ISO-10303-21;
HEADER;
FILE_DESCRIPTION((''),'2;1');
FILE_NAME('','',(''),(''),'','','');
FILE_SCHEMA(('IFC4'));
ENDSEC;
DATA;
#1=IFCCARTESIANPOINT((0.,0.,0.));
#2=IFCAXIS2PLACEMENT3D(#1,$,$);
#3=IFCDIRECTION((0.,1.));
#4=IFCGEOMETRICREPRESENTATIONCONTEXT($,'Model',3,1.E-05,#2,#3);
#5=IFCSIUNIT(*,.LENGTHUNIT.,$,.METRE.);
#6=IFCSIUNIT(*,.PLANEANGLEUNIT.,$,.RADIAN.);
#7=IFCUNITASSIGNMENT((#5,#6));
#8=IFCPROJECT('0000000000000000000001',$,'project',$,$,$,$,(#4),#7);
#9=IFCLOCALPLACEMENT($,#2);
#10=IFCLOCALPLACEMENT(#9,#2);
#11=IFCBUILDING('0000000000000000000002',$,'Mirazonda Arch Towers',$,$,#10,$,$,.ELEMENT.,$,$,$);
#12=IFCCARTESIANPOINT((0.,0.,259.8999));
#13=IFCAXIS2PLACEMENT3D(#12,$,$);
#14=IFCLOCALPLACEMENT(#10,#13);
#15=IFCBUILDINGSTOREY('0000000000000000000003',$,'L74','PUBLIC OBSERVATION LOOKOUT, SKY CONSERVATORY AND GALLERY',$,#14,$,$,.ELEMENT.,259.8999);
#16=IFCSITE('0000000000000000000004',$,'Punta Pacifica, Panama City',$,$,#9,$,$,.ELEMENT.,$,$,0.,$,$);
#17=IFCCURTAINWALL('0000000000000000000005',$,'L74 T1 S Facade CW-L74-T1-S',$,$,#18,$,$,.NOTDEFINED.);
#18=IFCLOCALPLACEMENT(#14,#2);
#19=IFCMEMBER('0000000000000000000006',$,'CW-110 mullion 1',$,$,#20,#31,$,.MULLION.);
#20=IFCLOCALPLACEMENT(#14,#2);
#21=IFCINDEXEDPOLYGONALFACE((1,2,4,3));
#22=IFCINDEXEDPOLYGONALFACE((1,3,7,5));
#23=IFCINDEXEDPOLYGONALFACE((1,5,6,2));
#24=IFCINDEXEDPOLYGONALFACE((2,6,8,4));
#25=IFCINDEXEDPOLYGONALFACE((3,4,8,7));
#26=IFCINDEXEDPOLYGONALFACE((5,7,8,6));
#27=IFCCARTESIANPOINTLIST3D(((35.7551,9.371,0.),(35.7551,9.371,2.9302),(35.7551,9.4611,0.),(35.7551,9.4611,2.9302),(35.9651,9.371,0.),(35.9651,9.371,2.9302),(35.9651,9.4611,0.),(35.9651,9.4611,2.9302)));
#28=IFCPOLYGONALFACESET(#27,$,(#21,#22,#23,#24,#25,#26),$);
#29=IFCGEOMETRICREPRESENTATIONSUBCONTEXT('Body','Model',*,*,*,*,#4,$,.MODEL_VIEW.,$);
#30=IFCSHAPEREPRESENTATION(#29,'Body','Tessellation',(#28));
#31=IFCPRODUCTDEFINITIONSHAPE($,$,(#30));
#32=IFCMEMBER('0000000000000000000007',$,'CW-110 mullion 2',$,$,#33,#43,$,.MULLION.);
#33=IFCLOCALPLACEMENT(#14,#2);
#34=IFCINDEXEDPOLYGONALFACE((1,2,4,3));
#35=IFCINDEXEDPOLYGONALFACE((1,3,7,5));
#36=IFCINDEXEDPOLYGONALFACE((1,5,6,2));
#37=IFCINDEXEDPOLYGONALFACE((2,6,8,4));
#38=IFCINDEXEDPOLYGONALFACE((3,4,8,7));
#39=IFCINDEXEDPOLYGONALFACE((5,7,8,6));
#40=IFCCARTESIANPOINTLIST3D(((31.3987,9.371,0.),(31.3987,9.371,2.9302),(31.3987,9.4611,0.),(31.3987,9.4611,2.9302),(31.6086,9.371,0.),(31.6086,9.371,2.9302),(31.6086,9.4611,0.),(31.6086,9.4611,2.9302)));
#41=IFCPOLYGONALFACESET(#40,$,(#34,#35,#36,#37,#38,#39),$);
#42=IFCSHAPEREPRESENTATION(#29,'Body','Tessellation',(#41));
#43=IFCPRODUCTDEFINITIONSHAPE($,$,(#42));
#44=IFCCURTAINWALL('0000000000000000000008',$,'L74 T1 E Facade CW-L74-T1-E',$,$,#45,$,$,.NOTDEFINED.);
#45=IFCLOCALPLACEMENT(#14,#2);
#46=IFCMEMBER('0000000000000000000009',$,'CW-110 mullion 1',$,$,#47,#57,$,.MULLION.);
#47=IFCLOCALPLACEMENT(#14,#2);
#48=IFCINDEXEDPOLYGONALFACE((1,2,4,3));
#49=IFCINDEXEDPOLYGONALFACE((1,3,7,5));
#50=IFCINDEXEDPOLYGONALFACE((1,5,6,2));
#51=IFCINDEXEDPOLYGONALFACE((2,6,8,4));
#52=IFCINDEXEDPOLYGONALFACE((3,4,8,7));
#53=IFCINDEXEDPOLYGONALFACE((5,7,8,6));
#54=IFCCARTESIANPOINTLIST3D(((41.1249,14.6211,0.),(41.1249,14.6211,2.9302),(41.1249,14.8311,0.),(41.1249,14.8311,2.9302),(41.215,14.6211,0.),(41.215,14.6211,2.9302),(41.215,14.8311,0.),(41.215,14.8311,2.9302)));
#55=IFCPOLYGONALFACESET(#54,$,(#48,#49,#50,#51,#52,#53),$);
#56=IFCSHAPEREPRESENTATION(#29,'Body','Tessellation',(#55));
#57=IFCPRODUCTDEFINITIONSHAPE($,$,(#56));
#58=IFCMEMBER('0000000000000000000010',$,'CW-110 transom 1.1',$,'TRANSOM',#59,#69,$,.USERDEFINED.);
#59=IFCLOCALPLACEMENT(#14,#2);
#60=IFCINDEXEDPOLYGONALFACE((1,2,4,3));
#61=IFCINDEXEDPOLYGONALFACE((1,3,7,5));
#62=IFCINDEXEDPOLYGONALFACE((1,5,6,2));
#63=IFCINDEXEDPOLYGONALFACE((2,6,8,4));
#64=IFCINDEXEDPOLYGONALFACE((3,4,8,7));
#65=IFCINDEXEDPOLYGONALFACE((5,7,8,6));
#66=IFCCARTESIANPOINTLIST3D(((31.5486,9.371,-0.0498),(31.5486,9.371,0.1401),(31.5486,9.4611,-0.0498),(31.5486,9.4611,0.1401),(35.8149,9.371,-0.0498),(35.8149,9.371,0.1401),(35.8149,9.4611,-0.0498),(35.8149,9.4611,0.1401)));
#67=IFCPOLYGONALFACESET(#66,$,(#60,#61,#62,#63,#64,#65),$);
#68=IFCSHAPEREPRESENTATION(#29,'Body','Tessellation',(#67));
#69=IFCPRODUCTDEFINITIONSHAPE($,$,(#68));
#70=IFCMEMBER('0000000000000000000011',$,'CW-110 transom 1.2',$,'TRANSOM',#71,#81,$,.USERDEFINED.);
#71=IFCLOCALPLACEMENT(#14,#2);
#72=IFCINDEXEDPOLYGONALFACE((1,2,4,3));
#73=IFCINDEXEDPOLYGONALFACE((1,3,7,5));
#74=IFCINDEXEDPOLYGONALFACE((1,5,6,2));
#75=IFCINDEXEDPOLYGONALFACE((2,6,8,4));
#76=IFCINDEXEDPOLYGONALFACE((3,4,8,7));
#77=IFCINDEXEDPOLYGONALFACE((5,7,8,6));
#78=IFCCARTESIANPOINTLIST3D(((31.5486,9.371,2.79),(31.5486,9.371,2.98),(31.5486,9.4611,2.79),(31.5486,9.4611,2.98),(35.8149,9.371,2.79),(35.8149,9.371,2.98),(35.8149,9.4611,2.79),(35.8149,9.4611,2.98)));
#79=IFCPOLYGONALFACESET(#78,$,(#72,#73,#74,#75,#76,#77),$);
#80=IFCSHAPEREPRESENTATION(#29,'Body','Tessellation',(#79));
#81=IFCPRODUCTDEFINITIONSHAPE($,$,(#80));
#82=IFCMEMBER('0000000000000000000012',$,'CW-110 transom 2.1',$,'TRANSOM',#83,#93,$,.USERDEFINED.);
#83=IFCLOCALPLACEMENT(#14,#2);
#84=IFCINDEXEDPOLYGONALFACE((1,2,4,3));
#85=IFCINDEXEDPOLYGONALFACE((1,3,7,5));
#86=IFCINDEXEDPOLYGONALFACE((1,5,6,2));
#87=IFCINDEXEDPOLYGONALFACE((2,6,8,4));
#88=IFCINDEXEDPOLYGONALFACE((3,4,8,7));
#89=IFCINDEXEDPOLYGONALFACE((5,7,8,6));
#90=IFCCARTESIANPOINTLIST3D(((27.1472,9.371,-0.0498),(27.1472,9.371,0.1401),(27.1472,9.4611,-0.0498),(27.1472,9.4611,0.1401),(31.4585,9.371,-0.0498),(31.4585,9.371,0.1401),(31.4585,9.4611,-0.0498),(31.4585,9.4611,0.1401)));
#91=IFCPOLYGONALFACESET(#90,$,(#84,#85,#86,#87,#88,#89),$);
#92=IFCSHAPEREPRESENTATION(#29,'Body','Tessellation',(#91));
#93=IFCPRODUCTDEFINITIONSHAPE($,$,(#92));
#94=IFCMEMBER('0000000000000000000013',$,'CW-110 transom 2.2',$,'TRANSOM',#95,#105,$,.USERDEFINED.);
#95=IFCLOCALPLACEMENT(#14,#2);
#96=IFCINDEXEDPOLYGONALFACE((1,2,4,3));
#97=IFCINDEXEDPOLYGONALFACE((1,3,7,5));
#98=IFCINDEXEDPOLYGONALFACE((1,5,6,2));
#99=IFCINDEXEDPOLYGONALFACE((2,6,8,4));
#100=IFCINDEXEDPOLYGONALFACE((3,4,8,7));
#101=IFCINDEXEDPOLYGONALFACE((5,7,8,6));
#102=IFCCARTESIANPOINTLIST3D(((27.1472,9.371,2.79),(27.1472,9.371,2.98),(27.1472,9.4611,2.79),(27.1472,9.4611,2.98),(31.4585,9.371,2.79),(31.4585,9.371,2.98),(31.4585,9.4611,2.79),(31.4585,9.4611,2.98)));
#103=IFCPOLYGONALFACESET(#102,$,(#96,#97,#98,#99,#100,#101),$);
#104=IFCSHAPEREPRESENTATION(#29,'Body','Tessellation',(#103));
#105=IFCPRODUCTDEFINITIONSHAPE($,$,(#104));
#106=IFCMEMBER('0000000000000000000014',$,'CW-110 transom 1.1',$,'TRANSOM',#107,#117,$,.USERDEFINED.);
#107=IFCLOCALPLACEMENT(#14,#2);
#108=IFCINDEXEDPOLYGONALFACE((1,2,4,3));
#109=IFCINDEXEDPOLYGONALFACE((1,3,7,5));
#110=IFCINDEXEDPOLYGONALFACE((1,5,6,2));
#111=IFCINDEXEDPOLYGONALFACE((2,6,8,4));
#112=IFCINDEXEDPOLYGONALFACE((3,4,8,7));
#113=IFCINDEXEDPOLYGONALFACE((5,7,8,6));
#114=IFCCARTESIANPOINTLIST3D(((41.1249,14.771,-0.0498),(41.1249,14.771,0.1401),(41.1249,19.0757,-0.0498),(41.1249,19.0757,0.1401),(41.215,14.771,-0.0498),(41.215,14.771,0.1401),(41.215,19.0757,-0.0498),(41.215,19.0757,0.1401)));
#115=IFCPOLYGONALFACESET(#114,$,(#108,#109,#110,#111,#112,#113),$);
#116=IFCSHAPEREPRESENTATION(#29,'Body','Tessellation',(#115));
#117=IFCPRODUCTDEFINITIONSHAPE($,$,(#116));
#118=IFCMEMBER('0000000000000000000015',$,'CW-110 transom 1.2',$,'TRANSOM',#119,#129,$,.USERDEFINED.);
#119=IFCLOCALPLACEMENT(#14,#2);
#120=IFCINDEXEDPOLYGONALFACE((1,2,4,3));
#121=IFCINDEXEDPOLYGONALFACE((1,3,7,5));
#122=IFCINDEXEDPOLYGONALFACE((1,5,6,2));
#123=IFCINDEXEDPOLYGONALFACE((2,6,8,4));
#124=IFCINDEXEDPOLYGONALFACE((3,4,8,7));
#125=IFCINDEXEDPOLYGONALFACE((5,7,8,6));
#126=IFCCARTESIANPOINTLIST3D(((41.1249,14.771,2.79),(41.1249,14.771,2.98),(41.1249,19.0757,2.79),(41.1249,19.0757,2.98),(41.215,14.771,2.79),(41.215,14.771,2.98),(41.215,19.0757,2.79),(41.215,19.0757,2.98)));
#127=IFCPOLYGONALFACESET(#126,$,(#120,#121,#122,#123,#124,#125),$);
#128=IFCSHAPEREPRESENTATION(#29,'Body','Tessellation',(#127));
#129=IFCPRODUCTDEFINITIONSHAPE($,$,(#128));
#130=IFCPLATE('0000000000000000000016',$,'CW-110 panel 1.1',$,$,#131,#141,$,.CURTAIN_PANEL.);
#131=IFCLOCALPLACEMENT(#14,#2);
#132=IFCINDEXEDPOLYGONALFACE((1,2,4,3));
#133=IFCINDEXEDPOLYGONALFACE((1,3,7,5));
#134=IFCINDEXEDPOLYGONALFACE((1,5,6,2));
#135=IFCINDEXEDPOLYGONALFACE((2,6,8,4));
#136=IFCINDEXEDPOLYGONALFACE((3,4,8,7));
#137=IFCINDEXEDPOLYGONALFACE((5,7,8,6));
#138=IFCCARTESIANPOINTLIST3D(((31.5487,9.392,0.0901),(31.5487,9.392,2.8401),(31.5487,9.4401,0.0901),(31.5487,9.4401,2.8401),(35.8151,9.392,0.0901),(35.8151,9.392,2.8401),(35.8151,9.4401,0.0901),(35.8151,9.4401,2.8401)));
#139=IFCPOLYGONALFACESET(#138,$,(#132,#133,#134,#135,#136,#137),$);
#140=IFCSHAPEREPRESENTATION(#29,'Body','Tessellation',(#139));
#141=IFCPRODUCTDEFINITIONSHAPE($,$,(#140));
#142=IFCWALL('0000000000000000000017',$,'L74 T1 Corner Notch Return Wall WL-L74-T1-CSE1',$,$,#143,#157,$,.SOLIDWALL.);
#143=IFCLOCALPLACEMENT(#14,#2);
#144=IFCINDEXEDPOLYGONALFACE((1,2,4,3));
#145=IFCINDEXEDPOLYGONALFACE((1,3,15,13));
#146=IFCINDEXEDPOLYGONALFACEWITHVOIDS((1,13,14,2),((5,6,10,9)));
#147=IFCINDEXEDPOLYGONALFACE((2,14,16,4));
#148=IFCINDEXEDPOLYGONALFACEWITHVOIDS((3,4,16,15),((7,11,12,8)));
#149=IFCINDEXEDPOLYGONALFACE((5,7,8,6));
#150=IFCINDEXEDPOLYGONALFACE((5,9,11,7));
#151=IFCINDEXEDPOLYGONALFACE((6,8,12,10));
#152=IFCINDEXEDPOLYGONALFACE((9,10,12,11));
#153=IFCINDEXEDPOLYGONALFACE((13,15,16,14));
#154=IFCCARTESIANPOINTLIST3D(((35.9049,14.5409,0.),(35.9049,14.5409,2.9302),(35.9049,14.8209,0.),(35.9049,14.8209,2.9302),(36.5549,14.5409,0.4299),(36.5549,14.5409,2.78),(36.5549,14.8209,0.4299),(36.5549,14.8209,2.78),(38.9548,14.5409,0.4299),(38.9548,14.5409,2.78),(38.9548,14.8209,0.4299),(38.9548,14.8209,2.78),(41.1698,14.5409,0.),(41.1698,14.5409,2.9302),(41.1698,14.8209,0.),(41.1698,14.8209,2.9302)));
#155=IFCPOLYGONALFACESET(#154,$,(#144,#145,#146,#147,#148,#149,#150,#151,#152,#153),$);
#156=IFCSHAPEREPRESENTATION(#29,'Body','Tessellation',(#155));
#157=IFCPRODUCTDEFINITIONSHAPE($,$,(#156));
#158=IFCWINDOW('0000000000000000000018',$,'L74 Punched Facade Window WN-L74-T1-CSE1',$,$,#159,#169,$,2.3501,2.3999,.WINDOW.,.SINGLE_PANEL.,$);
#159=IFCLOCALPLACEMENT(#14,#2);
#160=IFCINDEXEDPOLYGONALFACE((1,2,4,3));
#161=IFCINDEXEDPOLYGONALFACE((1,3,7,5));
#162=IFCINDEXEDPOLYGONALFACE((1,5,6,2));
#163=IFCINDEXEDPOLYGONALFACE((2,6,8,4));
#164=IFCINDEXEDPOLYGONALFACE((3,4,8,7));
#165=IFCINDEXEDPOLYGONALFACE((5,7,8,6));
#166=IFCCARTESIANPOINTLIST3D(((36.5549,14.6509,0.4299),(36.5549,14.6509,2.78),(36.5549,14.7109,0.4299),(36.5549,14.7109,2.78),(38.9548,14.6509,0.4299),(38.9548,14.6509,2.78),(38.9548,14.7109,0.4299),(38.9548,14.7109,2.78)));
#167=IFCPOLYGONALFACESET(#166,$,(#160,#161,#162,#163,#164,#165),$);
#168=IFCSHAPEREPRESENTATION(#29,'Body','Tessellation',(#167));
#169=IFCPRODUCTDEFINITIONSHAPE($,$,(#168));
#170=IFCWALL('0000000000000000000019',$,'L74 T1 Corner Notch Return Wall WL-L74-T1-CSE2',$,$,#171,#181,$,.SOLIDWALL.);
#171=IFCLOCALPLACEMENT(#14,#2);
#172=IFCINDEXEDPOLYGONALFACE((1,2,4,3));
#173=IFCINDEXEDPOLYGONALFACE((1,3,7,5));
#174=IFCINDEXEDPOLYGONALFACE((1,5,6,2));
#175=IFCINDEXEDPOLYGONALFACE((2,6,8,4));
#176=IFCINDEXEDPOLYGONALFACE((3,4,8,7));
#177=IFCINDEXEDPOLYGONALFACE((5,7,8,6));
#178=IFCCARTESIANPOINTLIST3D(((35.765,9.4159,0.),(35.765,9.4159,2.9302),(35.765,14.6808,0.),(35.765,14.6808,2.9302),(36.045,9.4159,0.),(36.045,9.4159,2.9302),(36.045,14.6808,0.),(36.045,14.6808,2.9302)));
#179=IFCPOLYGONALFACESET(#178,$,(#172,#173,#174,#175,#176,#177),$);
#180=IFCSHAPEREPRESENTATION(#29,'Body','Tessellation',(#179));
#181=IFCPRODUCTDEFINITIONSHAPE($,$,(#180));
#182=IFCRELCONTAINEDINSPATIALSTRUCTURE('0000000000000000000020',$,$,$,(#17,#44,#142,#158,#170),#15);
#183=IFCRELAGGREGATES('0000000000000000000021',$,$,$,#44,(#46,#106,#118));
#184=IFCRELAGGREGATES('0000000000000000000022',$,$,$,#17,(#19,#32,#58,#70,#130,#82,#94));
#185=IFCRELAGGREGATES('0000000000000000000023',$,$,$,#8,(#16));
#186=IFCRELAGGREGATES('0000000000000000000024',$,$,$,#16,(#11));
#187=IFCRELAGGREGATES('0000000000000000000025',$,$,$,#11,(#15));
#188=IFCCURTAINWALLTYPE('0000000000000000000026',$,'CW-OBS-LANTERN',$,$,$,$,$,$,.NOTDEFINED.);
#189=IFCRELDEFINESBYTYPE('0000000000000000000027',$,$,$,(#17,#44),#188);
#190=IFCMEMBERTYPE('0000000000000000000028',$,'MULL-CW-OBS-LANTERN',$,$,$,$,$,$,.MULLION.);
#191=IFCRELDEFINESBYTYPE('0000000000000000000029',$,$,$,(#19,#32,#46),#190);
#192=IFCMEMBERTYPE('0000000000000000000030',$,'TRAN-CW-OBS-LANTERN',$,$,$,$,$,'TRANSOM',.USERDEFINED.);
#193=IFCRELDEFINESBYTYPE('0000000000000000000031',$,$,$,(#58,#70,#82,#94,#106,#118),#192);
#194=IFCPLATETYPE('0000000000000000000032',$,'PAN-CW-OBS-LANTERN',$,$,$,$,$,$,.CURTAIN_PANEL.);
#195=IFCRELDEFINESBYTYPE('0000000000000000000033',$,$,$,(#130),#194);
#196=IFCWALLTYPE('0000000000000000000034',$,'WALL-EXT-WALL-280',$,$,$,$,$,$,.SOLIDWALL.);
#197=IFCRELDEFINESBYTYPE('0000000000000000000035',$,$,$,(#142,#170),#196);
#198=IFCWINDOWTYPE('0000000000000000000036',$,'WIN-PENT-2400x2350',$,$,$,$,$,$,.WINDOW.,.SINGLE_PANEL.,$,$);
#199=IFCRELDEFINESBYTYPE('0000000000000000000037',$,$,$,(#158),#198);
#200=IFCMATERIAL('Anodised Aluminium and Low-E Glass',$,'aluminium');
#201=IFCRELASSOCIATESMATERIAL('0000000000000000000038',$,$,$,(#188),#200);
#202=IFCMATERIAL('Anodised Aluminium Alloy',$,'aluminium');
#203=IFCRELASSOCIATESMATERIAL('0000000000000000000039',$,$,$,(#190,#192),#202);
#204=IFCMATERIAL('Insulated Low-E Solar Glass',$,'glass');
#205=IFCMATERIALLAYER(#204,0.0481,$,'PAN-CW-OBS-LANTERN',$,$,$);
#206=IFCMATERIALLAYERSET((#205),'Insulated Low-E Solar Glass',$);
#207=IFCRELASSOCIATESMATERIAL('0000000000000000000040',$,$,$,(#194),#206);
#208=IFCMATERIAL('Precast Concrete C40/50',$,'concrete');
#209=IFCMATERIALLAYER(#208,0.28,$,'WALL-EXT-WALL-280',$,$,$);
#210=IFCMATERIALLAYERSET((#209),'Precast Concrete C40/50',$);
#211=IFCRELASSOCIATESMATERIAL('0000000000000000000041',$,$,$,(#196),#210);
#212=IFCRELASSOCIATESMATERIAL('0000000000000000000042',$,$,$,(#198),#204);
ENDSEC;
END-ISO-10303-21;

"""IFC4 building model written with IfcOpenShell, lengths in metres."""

from ifc_helpers import new_model, si_unit, direction, frame, frame_2d, origin, origin_2d, place, context, subcontext, project, spatial, rectangle, extrude, material, layer, layer_set, material_profile, profile_set, type_object, element, fill, aggregate, save


model = new_model("IFC4")

# Units and contexts
model_context = context("Model", 3, precision=1e-05, world=origin(), true_north=direction((0.0, 1.0)))
body_context = subcontext(model_context, "Body", "Model", "MODEL_VIEW")
ifc_project = project(units=[si_unit("LENGTHUNIT", "METRE"), si_unit("PLANEANGLEUNIT", "RADIAN")], contexts=[model_context])

# Site, building, storey
site_placement = place(None, origin())
site = spatial("IfcSite", under=ifc_project, at=site_placement, Name="Punta Pacifica, Panama City", CompositionType="ELEMENT", RefElevation=0.0)
building_placement = place(site_placement, origin())
building = spatial("IfcBuilding", under=site, at=building_placement, Name="Mirazonda Arch Towers", CompositionType="ELEMENT")
storey_placement = place(building_placement, frame((0.0, 0.0, 259.8999)))
storey = spatial("IfcBuildingStorey", under=building, at=storey_placement, Name="L74", Description="PUBLIC OBSERVATION LOOKOUT, SKY CONSERVATORY AND GALLERY", CompositionType="ELEMENT", Elevation=259.8999)

# Curtain wall, members
ifc_material_1 = material(Name="Anodised Aluminium and Low-E Glass", Category="aluminium")
curtain_wall_type = type_object("IfcCurtainWallType", Name="CW-OBS-LANTERN", PredefinedType="NOTDEFINED", material=ifc_material_1)
curtain_wall_1_placement = place(storey_placement, origin())
curtain_wall_1 = element("IfcCurtainWall", 1, at=curtain_wall_1_placement, inside=storey, type_object=curtain_wall_type, Name="L74 T1 S Facade CW-L74-T1-S", PredefinedType="NOTDEFINED")
ifc_material_2 = material(Name="Anodised Aluminium Alloy", Category="aluminium")
ifc_material_profile_1 = material_profile(ifc_material_2, rectangle(XDim=0.0901, YDim=0.21, at=origin_2d()), Name="ALU-MULL-90x210")
ifc_profile_set_1 = profile_set([ifc_material_profile_1], Name="Anodised Aluminium Alloy")
member_type_1 = type_object("IfcMemberType", Name="MULL-CW-OBS-LANTERN", PredefinedType="MULLION", material=ifc_profile_set_1)
member_1_placement = place(storey_placement, frame((35.8601, 9.416, 0.0), z_axis=(0.0, 0.0, 1.0), x_axis=(0.0, -1.0, 0.0)))
member_1 = element("IfcMember", 2, at=member_1_placement, type_object=member_type_1, Name="CW-110 mullion 1", PredefinedType="MULLION", context=body_context, shape_type="SweptSolid", body=[
    extrude(rectangle(XDim=0.0901, YDim=0.21, at=origin_2d()), origin(), (0.0, 0.0, 1.0), 2.9302),
])
member_2_placement = place(storey_placement, frame((31.5037, 9.416, 0.0), z_axis=(0.0, 0.0, 1.0), x_axis=(0.0, -1.0, 0.0)))
member_2 = element("IfcMember", 3, at=member_2_placement, type_object=member_type_1, Name="CW-110 mullion 2", PredefinedType="MULLION", context=body_context, shape_type="SweptSolid", body=[
    extrude(rectangle(XDim=0.0901, YDim=0.21, at=origin_2d()), origin(), (0.0, 0.0, 1.0), 2.9302),
])

# Curtain wall, member
curtain_wall_2_placement = place(storey_placement, origin())
curtain_wall_2 = element("IfcCurtainWall", 4, at=curtain_wall_2_placement, inside=storey, type_object=curtain_wall_type, Name="L74 T1 E Facade CW-L74-T1-E", PredefinedType="NOTDEFINED")
member_3_placement = place(storey_placement, frame((41.1699, 14.7261, 0.0), z_axis=(0.0, 0.0, 1.0), x_axis=(-1.0, 0.0, 0.0)))
member_3 = element("IfcMember", 5, at=member_3_placement, type_object=member_type_1, Name="CW-110 mullion 1", PredefinedType="MULLION", context=body_context, shape_type="SweptSolid", body=[
    extrude(rectangle(XDim=0.0901, YDim=0.21, at=origin_2d()), origin(), (0.0, 0.0, 1.0), 2.9302),
])

# Members
ifc_material_profile_2 = material_profile(ifc_material_2, rectangle(XDim=0.0901, YDim=0.1899, at=origin_2d()), Name="ALU-TRAN-90x190")
ifc_profile_set_2 = profile_set([ifc_material_profile_2], Name="Anodised Aluminium Alloy")
member_type_2 = type_object("IfcMemberType", Name="TRAN-CW-OBS-LANTERN", ElementType="TRANSOM", PredefinedType="USERDEFINED", material=ifc_profile_set_2)
member_4_placement = place(storey_placement, frame((35.8149, 9.416, 0.0452), z_axis=(-1.0, 0.0, 0.0), x_axis=(0.0, -1.0, 0.0)))
member_4 = element("IfcMember", 6, at=member_4_placement, type_object=member_type_2, Name="CW-110 transom 1.1", ObjectType="TRANSOM", PredefinedType="USERDEFINED", context=body_context, shape_type="SweptSolid", body=[
    extrude(rectangle(XDim=0.0901, YDim=0.1899, at=origin_2d()), origin(), (0.0, 0.0, 1.0), 4.2664),
])
member_5_placement = place(storey_placement, frame((35.8149, 9.416, 2.885), z_axis=(-1.0, 0.0, 0.0), x_axis=(0.0, -1.0, 0.0)))
member_5 = element("IfcMember", 7, at=member_5_placement, type_object=member_type_2, Name="CW-110 transom 1.2", ObjectType="TRANSOM", PredefinedType="USERDEFINED", context=body_context, shape_type="SweptSolid", body=[
    extrude(rectangle(XDim=0.0901, YDim=0.1899, at=origin_2d()), origin(), (0.0, 0.0, 1.0), 4.2664),
])
member_6_placement = place(storey_placement, frame((31.4585, 9.416, 0.0452), z_axis=(-1.0, 0.0, 0.0), x_axis=(0.0, -1.0, 0.0)))
member_6 = element("IfcMember", 8, at=member_6_placement, type_object=member_type_2, Name="CW-110 transom 2.1", ObjectType="TRANSOM", PredefinedType="USERDEFINED", context=body_context, shape_type="SweptSolid", body=[
    extrude(rectangle(XDim=0.0901, YDim=0.1899, at=origin_2d()), origin(), (0.0, 0.0, 1.0), 4.3113),
])
member_7_placement = place(storey_placement, frame((31.4585, 9.416, 2.885), z_axis=(-1.0, 0.0, 0.0), x_axis=(0.0, -1.0, 0.0)))
member_7 = element("IfcMember", 9, at=member_7_placement, type_object=member_type_2, Name="CW-110 transom 2.2", ObjectType="TRANSOM", PredefinedType="USERDEFINED", context=body_context, shape_type="SweptSolid", body=[
    extrude(rectangle(XDim=0.0901, YDim=0.1899, at=origin_2d()), origin(), (0.0, 0.0, 1.0), 4.3113),
])
member_8_placement = place(storey_placement, frame((41.1699, 14.771, 0.0452), z_axis=(0.0, 1.0, 0.0), x_axis=(-1.0, 0.0, 0.0)))
member_8 = element("IfcMember", 10, at=member_8_placement, type_object=member_type_2, Name="CW-110 transom 1.1", ObjectType="TRANSOM", PredefinedType="USERDEFINED", context=body_context, shape_type="SweptSolid", body=[
    extrude(rectangle(XDim=0.0901, YDim=0.1899, at=origin_2d()), origin(), (0.0, 0.0, 1.0), 4.3047),
])
member_9_placement = place(storey_placement, frame((41.1699, 14.771, 2.885), z_axis=(0.0, 1.0, 0.0), x_axis=(-1.0, 0.0, 0.0)))
member_9 = element("IfcMember", 11, at=member_9_placement, type_object=member_type_2, Name="CW-110 transom 1.2", ObjectType="TRANSOM", PredefinedType="USERDEFINED", context=body_context, shape_type="SweptSolid", body=[
    extrude(rectangle(XDim=0.0901, YDim=0.1899, at=origin_2d()), origin(), (0.0, 0.0, 1.0), 4.3047),
])
aggregate(curtain_wall_2, [member_3, member_8, member_9])

# Plate
ifc_material_3 = material(Name="Insulated Low-E Solar Glass", Category="glass")
ifc_layer_1 = layer(ifc_material_3, 0.0481, Name="PAN-CW-OBS-LANTERN")
ifc_layer_set_1 = layer_set([ifc_layer_1], Name="Insulated Low-E Solar Glass")
plate_type = type_object("IfcPlateType", Name="PAN-CW-OBS-LANTERN", PredefinedType="CURTAIN_PANEL", material=ifc_layer_set_1)
plate_placement = place(storey_placement, frame((33.6819, 9.416, 0.0901), z_axis=(0.0, 0.0, 1.0), x_axis=(-1.0, 0.0, 0.0)))
plate = element("IfcPlate", 12, at=plate_placement, type_object=plate_type, Name="CW-110 panel 1.1", PredefinedType="CURTAIN_PANEL", context=body_context, shape_type="SweptSolid", body=[
    extrude(rectangle(XDim=4.2664, YDim=0.0481, at=origin_2d()), origin(), (0.0, 0.0, 1.0), 2.75),
])
aggregate(curtain_wall_1, [member_1, member_2, member_4, member_5, plate, member_6, member_7])

# Wall, opening, window
ifc_material_4 = material(Name="Precast Concrete C40/50", Category="concrete")
ifc_layer_2 = layer(ifc_material_4, 0.28, Name="WALL-EXT-WALL-280")
ifc_layer_set_2 = layer_set([ifc_layer_2], Name="Precast Concrete C40/50")
wall_type_1 = type_object("IfcWallType", Name="WALL-EXT-WALL-280", PredefinedType="SOLIDWALL", material=ifc_layer_set_2)
wall_1_placement = place(storey_placement, frame((35.905, 14.6809, 0.0), z_axis=(0.0, 0.0, 1.0), x_axis=(1.0, 0.0, 0.0)))
wall_1 = element("IfcWall", 13, at=wall_1_placement, inside=storey, type_object=wall_type_1, Name="L74 T1 Corner Notch Return Wall WL-L74-T1-CSE1", PredefinedType="SOLIDWALL", context=body_context, shape_type="SweptSolid", body=[
    extrude(rectangle(XDim=5.2649, YDim=0.28, at=frame_2d((2.6323, 0.0))), origin(), (0.0, 0.0, 1.0), 2.9302),
])
opening_1_placement = place(wall_1_placement, frame((0.6499, 0.0, 0.4299)))
opening_1 = element("IfcOpeningElement", 14, at=opening_1_placement, cuts=wall_1, PredefinedType="OPENING", context=body_context, shape_type="SweptSolid", body=[
    extrude(rectangle(XDim=2.3999, YDim=2.3501, at=frame_2d((1.2, 1.175))), frame((0.0, 0.1499, 0.0), z_axis=(0.0, -1.0, 0.0), x_axis=(1.0, 0.0, 0.0)), (0.0, 0.0, 1.0), 0.3),
])
window_type = type_object("IfcWindowType", Name="WIN-PENT-2400x2350", PartitioningType="SINGLE_PANEL", PredefinedType="WINDOW", material=ifc_material_3)
window_placement = place(opening_1_placement, origin())
window = element("IfcWindow", 15, at=window_placement, inside=storey, type_object=window_type, Name="L74 Punched Facade Window WN-L74-T1-CSE1", OverallHeight=2.3501, OverallWidth=2.3999, PartitioningType="SINGLE_PANEL", PredefinedType="WINDOW", context=body_context, shape_type="SweptSolid", body=[
    extrude(rectangle(XDim=2.3999, YDim=2.3501, at=frame_2d((1.2, 1.175))), frame((0.0, 0.03, 0.0), z_axis=(0.0, -1.0, 0.0), x_axis=(1.0, 0.0, 0.0)), (0.0, 0.0, 1.0), 0.0601),
])
fill(opening_1, window)

# Wall
wall_2_placement = place(storey_placement, frame((35.905, 9.416, 0.0), z_axis=(0.0, 0.0, 1.0), x_axis=(0.0, 1.0, 0.0)))
element("IfcWall", 16, at=wall_2_placement, inside=storey, type_object=wall_type_1, Name="L74 T1 Corner Notch Return Wall WL-L74-T1-CSE2", PredefinedType="SOLIDWALL", context=body_context, shape_type="SweptSolid", body=[
    extrude(rectangle(XDim=5.2649, YDim=0.28, at=frame_2d((2.6323, 0.0))), origin(), (0.0, 0.0, 1.0), 2.9302),
])

save(model, "model.ifc")
